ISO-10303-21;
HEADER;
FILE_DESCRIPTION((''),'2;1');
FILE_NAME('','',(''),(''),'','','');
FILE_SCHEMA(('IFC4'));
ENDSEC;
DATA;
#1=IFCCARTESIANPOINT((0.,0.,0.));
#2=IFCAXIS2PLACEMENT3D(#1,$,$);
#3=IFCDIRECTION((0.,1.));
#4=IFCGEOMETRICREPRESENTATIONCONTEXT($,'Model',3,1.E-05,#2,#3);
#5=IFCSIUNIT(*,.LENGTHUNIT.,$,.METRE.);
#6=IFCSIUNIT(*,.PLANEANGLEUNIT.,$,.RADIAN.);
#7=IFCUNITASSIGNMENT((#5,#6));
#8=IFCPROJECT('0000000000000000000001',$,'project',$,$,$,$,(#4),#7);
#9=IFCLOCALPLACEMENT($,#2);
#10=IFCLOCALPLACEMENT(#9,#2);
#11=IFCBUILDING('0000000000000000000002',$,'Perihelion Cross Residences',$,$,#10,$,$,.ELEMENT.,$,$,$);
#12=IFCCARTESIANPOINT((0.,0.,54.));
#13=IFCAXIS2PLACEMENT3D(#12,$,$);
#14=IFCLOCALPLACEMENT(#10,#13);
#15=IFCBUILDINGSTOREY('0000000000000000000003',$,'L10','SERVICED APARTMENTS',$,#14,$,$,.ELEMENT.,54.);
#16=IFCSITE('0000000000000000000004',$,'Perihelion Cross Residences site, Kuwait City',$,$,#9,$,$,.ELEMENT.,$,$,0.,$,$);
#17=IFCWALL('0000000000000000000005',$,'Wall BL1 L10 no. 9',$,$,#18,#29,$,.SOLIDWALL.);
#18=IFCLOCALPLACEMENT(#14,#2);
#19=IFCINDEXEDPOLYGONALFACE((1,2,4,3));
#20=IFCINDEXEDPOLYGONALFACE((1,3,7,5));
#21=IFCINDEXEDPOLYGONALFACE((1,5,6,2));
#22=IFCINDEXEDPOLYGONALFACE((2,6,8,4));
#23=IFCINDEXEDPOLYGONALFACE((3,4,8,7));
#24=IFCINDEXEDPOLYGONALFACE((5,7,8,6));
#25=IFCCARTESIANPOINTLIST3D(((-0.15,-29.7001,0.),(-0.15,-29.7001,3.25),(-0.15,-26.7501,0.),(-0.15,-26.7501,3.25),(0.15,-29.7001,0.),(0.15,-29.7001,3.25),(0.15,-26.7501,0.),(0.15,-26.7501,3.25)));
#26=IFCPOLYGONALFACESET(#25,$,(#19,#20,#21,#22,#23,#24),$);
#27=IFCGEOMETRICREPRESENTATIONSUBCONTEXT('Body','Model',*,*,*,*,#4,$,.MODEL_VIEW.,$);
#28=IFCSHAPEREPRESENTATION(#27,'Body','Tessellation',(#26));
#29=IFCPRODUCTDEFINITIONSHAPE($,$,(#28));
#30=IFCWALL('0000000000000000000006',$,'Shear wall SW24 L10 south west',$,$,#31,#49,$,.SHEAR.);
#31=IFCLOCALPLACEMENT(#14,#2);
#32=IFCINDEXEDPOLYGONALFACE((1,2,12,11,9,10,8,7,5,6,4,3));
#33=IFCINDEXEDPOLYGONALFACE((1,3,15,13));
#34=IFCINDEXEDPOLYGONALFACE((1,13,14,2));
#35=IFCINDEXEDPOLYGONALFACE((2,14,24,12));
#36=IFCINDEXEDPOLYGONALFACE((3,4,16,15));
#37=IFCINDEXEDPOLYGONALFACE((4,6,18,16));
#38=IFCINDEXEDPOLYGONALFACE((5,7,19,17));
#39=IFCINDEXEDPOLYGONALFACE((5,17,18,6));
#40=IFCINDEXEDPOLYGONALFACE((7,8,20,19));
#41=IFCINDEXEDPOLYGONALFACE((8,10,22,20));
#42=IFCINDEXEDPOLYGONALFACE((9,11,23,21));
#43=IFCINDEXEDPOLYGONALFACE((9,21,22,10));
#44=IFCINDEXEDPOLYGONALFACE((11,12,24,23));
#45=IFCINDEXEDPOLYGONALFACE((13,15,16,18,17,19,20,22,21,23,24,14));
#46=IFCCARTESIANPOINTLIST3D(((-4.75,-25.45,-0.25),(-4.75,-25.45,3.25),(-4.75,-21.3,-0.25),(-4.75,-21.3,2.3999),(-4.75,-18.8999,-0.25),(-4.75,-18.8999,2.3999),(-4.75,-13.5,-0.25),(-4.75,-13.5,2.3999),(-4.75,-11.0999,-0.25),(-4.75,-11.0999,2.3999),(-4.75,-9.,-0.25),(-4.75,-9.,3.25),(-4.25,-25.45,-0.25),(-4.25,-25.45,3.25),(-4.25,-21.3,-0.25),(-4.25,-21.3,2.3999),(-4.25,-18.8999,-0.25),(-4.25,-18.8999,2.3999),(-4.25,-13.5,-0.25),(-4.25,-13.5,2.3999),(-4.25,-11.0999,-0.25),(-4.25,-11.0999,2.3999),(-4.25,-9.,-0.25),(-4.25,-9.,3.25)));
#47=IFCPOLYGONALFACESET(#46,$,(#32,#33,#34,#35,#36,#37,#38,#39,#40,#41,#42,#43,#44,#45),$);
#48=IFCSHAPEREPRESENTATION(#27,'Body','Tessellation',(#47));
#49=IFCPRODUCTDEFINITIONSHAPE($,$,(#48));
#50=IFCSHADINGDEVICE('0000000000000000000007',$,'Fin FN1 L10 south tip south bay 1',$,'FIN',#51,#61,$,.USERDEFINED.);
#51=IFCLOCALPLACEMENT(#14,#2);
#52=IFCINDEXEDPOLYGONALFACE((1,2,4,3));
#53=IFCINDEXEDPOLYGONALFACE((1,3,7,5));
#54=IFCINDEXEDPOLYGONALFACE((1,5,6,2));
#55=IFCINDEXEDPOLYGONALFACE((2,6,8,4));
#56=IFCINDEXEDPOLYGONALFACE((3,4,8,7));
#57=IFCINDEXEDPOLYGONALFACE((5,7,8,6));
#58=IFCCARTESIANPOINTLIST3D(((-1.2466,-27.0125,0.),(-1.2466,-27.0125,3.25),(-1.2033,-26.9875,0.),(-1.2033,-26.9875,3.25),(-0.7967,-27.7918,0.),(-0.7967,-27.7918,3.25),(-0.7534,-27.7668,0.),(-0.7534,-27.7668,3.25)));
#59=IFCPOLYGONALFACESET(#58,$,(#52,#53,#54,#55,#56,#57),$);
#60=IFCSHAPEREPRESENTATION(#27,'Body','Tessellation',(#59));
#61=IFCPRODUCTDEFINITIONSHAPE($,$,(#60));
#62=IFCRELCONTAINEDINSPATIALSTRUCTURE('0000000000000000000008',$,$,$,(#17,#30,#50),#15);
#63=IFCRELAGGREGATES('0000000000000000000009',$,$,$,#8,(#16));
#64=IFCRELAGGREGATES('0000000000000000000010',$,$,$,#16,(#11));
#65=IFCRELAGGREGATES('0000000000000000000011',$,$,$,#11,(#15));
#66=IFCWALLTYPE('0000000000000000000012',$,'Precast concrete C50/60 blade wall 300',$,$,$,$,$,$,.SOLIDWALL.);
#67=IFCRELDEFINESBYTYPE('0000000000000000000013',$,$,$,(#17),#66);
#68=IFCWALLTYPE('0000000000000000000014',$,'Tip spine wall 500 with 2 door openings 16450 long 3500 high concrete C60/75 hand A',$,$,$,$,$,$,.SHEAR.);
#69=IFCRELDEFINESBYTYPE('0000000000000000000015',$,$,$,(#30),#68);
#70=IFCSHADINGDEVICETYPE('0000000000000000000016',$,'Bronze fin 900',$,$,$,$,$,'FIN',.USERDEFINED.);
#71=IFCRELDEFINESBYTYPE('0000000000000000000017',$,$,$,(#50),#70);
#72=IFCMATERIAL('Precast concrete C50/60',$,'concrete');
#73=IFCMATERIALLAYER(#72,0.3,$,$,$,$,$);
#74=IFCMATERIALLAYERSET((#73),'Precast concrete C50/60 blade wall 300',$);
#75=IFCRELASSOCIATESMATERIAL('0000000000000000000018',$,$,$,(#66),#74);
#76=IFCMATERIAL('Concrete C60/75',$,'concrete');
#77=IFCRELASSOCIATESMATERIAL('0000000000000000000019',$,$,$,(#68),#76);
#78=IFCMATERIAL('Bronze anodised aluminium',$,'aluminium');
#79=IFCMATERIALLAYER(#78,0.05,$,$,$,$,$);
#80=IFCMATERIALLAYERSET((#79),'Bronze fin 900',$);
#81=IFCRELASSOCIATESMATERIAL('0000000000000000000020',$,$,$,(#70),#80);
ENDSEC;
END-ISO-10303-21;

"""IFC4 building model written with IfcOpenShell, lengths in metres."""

from ifc_helpers import new_model, si_unit, direction, frame, frame_2d, origin, origin_2d, place, context, subcontext, project, spatial, polyline, rectangle, outline, extrude, material, layer, layer_set, material_profile, profile_set, type_object, element, save


model = new_model("IFC4")

# Units and contexts
model_context = context("Model", 3, precision=1e-05, world=origin(), true_north=direction((0.0, 1.0)))
body_context = subcontext(model_context, "Body", "Model", "MODEL_VIEW")
ifc_project = project(units=[si_unit("LENGTHUNIT", "METRE"), si_unit("PLANEANGLEUNIT", "RADIAN")], contexts=[model_context])

# Site, building, storey
site_placement = place(None, origin())
site = spatial("IfcSite", under=ifc_project, at=site_placement, Name="Perihelion Cross Residences site, Kuwait City", CompositionType="ELEMENT", RefElevation=0.0)
building_placement = place(site_placement, origin())
building = spatial("IfcBuilding", under=site, at=building_placement, Name="Perihelion Cross Residences", CompositionType="ELEMENT")
storey_placement = place(building_placement, frame((0.0, 0.0, 54.0)))
storey = spatial("IfcBuildingStorey", under=building, at=storey_placement, Name="L10", Description="SERVICED APARTMENTS", CompositionType="ELEMENT", Elevation=54.0)

# Walls
ifc_material_1 = material(Name="Precast concrete C50/60", Category="concrete")
ifc_layer_1 = layer(ifc_material_1, 0.3)
ifc_layer_set_1 = layer_set([ifc_layer_1], Name="Precast concrete C50/60 blade wall 300")
wall_type_1 = type_object("IfcWallType", Name="Precast concrete C50/60 blade wall 300", PredefinedType="SOLIDWALL", material=ifc_layer_set_1)
wall_1_placement = place(storey_placement, frame((0.0, -26.75, 0.0), z_axis=(0.0, 0.0, 1.0), x_axis=(0.0, -1.0, 0.0)))
element("IfcWall", 1, at=wall_1_placement, inside=storey, type_object=wall_type_1, Name="Wall BL1 L10 no. 9", PredefinedType="SOLIDWALL", context=body_context, shape_type="SweptSolid", body=[
    extrude(rectangle(XDim=2.95, YDim=0.3, at=frame_2d((1.4751, 0.0))), origin(), (0.0, 0.0, 1.0), 3.25),
])
ifc_material_2 = material(Name="Concrete C60/75", Category="concrete")
ifc_material_profile_1 = material_profile(ifc_material_2, outline(polyline([(0.0, 0.0), (4.1499, 0.0), (4.1499, 2.6499), (6.55, 2.6499), (6.55, 0.0), (11.95, 0.0), (11.95, 2.6499), (14.3501, 2.6499), (14.3501, 0.0), (16.45, 0.0), (16.45, 3.5), (0.0, 3.5), (0.0, 0.0)])), Name="Tip spine wall")
ifc_profile_set_1 = profile_set([ifc_material_profile_1], Name="Concrete C60/75")
wall_type_2 = type_object("IfcWallType", Name="Tip spine wall 500 with 2 door openings 16450 long 3500 high concrete C60/75 hand A", PredefinedType="SHEAR", material=ifc_profile_set_1)
wall_2_placement = place(storey_placement, frame((-4.75, -25.45, -0.25), z_axis=(1.0, 0.0, 0.0), x_axis=(0.0, 1.0, 0.0)))
element("IfcWall", 2, at=wall_2_placement, inside=storey, type_object=wall_type_2, Name="Shear wall SW24 L10 south west", PredefinedType="SHEAR", context=body_context, shape_type="SweptSolid", body=[
    extrude(outline(polyline([(0.0, 0.0), (4.1499, 0.0), (4.1499, 2.6499), (6.55, 2.6499), (6.55, 0.0), (11.95, 0.0), (11.95, 2.6499), (14.3501, 2.6499), (14.3501, 0.0), (16.45, 0.0), (16.45, 3.5), (0.0, 3.5), (0.0, 0.0)])), origin(), (0.0, 0.0, 1.0), 0.5),
])

# Shading device
ifc_material_3 = material(Name="Bronze anodised aluminium", Category="aluminium")
ifc_layer_2 = layer(ifc_material_3, 0.05)
ifc_layer_set_2 = layer_set([ifc_layer_2], Name="Bronze fin 900")
shading_device_type = type_object("IfcShadingDeviceType", Name="Bronze fin 900", ElementType="FIN", PredefinedType="USERDEFINED", material=ifc_layer_set_2)
shading_device_placement = place(storey_placement, frame((-1.0, -27.3896, 0.0), z_axis=(0.0, 0.0, 1.0), x_axis=(0.5, -0.866025, 0.0)))
element("IfcShadingDevice", 3, at=shading_device_placement, inside=storey, type_object=shading_device_type, Name="Fin FN1 L10 south tip south bay 1", ObjectType="FIN", PredefinedType="USERDEFINED", context=body_context, shape_type="SweptSolid", body=[
    extrude(rectangle(XDim=0.8999, YDim=0.05, at=origin_2d()), origin(), (0.0, 0.0, 1.0), 3.25),
])

save(model, "model.ifc")
